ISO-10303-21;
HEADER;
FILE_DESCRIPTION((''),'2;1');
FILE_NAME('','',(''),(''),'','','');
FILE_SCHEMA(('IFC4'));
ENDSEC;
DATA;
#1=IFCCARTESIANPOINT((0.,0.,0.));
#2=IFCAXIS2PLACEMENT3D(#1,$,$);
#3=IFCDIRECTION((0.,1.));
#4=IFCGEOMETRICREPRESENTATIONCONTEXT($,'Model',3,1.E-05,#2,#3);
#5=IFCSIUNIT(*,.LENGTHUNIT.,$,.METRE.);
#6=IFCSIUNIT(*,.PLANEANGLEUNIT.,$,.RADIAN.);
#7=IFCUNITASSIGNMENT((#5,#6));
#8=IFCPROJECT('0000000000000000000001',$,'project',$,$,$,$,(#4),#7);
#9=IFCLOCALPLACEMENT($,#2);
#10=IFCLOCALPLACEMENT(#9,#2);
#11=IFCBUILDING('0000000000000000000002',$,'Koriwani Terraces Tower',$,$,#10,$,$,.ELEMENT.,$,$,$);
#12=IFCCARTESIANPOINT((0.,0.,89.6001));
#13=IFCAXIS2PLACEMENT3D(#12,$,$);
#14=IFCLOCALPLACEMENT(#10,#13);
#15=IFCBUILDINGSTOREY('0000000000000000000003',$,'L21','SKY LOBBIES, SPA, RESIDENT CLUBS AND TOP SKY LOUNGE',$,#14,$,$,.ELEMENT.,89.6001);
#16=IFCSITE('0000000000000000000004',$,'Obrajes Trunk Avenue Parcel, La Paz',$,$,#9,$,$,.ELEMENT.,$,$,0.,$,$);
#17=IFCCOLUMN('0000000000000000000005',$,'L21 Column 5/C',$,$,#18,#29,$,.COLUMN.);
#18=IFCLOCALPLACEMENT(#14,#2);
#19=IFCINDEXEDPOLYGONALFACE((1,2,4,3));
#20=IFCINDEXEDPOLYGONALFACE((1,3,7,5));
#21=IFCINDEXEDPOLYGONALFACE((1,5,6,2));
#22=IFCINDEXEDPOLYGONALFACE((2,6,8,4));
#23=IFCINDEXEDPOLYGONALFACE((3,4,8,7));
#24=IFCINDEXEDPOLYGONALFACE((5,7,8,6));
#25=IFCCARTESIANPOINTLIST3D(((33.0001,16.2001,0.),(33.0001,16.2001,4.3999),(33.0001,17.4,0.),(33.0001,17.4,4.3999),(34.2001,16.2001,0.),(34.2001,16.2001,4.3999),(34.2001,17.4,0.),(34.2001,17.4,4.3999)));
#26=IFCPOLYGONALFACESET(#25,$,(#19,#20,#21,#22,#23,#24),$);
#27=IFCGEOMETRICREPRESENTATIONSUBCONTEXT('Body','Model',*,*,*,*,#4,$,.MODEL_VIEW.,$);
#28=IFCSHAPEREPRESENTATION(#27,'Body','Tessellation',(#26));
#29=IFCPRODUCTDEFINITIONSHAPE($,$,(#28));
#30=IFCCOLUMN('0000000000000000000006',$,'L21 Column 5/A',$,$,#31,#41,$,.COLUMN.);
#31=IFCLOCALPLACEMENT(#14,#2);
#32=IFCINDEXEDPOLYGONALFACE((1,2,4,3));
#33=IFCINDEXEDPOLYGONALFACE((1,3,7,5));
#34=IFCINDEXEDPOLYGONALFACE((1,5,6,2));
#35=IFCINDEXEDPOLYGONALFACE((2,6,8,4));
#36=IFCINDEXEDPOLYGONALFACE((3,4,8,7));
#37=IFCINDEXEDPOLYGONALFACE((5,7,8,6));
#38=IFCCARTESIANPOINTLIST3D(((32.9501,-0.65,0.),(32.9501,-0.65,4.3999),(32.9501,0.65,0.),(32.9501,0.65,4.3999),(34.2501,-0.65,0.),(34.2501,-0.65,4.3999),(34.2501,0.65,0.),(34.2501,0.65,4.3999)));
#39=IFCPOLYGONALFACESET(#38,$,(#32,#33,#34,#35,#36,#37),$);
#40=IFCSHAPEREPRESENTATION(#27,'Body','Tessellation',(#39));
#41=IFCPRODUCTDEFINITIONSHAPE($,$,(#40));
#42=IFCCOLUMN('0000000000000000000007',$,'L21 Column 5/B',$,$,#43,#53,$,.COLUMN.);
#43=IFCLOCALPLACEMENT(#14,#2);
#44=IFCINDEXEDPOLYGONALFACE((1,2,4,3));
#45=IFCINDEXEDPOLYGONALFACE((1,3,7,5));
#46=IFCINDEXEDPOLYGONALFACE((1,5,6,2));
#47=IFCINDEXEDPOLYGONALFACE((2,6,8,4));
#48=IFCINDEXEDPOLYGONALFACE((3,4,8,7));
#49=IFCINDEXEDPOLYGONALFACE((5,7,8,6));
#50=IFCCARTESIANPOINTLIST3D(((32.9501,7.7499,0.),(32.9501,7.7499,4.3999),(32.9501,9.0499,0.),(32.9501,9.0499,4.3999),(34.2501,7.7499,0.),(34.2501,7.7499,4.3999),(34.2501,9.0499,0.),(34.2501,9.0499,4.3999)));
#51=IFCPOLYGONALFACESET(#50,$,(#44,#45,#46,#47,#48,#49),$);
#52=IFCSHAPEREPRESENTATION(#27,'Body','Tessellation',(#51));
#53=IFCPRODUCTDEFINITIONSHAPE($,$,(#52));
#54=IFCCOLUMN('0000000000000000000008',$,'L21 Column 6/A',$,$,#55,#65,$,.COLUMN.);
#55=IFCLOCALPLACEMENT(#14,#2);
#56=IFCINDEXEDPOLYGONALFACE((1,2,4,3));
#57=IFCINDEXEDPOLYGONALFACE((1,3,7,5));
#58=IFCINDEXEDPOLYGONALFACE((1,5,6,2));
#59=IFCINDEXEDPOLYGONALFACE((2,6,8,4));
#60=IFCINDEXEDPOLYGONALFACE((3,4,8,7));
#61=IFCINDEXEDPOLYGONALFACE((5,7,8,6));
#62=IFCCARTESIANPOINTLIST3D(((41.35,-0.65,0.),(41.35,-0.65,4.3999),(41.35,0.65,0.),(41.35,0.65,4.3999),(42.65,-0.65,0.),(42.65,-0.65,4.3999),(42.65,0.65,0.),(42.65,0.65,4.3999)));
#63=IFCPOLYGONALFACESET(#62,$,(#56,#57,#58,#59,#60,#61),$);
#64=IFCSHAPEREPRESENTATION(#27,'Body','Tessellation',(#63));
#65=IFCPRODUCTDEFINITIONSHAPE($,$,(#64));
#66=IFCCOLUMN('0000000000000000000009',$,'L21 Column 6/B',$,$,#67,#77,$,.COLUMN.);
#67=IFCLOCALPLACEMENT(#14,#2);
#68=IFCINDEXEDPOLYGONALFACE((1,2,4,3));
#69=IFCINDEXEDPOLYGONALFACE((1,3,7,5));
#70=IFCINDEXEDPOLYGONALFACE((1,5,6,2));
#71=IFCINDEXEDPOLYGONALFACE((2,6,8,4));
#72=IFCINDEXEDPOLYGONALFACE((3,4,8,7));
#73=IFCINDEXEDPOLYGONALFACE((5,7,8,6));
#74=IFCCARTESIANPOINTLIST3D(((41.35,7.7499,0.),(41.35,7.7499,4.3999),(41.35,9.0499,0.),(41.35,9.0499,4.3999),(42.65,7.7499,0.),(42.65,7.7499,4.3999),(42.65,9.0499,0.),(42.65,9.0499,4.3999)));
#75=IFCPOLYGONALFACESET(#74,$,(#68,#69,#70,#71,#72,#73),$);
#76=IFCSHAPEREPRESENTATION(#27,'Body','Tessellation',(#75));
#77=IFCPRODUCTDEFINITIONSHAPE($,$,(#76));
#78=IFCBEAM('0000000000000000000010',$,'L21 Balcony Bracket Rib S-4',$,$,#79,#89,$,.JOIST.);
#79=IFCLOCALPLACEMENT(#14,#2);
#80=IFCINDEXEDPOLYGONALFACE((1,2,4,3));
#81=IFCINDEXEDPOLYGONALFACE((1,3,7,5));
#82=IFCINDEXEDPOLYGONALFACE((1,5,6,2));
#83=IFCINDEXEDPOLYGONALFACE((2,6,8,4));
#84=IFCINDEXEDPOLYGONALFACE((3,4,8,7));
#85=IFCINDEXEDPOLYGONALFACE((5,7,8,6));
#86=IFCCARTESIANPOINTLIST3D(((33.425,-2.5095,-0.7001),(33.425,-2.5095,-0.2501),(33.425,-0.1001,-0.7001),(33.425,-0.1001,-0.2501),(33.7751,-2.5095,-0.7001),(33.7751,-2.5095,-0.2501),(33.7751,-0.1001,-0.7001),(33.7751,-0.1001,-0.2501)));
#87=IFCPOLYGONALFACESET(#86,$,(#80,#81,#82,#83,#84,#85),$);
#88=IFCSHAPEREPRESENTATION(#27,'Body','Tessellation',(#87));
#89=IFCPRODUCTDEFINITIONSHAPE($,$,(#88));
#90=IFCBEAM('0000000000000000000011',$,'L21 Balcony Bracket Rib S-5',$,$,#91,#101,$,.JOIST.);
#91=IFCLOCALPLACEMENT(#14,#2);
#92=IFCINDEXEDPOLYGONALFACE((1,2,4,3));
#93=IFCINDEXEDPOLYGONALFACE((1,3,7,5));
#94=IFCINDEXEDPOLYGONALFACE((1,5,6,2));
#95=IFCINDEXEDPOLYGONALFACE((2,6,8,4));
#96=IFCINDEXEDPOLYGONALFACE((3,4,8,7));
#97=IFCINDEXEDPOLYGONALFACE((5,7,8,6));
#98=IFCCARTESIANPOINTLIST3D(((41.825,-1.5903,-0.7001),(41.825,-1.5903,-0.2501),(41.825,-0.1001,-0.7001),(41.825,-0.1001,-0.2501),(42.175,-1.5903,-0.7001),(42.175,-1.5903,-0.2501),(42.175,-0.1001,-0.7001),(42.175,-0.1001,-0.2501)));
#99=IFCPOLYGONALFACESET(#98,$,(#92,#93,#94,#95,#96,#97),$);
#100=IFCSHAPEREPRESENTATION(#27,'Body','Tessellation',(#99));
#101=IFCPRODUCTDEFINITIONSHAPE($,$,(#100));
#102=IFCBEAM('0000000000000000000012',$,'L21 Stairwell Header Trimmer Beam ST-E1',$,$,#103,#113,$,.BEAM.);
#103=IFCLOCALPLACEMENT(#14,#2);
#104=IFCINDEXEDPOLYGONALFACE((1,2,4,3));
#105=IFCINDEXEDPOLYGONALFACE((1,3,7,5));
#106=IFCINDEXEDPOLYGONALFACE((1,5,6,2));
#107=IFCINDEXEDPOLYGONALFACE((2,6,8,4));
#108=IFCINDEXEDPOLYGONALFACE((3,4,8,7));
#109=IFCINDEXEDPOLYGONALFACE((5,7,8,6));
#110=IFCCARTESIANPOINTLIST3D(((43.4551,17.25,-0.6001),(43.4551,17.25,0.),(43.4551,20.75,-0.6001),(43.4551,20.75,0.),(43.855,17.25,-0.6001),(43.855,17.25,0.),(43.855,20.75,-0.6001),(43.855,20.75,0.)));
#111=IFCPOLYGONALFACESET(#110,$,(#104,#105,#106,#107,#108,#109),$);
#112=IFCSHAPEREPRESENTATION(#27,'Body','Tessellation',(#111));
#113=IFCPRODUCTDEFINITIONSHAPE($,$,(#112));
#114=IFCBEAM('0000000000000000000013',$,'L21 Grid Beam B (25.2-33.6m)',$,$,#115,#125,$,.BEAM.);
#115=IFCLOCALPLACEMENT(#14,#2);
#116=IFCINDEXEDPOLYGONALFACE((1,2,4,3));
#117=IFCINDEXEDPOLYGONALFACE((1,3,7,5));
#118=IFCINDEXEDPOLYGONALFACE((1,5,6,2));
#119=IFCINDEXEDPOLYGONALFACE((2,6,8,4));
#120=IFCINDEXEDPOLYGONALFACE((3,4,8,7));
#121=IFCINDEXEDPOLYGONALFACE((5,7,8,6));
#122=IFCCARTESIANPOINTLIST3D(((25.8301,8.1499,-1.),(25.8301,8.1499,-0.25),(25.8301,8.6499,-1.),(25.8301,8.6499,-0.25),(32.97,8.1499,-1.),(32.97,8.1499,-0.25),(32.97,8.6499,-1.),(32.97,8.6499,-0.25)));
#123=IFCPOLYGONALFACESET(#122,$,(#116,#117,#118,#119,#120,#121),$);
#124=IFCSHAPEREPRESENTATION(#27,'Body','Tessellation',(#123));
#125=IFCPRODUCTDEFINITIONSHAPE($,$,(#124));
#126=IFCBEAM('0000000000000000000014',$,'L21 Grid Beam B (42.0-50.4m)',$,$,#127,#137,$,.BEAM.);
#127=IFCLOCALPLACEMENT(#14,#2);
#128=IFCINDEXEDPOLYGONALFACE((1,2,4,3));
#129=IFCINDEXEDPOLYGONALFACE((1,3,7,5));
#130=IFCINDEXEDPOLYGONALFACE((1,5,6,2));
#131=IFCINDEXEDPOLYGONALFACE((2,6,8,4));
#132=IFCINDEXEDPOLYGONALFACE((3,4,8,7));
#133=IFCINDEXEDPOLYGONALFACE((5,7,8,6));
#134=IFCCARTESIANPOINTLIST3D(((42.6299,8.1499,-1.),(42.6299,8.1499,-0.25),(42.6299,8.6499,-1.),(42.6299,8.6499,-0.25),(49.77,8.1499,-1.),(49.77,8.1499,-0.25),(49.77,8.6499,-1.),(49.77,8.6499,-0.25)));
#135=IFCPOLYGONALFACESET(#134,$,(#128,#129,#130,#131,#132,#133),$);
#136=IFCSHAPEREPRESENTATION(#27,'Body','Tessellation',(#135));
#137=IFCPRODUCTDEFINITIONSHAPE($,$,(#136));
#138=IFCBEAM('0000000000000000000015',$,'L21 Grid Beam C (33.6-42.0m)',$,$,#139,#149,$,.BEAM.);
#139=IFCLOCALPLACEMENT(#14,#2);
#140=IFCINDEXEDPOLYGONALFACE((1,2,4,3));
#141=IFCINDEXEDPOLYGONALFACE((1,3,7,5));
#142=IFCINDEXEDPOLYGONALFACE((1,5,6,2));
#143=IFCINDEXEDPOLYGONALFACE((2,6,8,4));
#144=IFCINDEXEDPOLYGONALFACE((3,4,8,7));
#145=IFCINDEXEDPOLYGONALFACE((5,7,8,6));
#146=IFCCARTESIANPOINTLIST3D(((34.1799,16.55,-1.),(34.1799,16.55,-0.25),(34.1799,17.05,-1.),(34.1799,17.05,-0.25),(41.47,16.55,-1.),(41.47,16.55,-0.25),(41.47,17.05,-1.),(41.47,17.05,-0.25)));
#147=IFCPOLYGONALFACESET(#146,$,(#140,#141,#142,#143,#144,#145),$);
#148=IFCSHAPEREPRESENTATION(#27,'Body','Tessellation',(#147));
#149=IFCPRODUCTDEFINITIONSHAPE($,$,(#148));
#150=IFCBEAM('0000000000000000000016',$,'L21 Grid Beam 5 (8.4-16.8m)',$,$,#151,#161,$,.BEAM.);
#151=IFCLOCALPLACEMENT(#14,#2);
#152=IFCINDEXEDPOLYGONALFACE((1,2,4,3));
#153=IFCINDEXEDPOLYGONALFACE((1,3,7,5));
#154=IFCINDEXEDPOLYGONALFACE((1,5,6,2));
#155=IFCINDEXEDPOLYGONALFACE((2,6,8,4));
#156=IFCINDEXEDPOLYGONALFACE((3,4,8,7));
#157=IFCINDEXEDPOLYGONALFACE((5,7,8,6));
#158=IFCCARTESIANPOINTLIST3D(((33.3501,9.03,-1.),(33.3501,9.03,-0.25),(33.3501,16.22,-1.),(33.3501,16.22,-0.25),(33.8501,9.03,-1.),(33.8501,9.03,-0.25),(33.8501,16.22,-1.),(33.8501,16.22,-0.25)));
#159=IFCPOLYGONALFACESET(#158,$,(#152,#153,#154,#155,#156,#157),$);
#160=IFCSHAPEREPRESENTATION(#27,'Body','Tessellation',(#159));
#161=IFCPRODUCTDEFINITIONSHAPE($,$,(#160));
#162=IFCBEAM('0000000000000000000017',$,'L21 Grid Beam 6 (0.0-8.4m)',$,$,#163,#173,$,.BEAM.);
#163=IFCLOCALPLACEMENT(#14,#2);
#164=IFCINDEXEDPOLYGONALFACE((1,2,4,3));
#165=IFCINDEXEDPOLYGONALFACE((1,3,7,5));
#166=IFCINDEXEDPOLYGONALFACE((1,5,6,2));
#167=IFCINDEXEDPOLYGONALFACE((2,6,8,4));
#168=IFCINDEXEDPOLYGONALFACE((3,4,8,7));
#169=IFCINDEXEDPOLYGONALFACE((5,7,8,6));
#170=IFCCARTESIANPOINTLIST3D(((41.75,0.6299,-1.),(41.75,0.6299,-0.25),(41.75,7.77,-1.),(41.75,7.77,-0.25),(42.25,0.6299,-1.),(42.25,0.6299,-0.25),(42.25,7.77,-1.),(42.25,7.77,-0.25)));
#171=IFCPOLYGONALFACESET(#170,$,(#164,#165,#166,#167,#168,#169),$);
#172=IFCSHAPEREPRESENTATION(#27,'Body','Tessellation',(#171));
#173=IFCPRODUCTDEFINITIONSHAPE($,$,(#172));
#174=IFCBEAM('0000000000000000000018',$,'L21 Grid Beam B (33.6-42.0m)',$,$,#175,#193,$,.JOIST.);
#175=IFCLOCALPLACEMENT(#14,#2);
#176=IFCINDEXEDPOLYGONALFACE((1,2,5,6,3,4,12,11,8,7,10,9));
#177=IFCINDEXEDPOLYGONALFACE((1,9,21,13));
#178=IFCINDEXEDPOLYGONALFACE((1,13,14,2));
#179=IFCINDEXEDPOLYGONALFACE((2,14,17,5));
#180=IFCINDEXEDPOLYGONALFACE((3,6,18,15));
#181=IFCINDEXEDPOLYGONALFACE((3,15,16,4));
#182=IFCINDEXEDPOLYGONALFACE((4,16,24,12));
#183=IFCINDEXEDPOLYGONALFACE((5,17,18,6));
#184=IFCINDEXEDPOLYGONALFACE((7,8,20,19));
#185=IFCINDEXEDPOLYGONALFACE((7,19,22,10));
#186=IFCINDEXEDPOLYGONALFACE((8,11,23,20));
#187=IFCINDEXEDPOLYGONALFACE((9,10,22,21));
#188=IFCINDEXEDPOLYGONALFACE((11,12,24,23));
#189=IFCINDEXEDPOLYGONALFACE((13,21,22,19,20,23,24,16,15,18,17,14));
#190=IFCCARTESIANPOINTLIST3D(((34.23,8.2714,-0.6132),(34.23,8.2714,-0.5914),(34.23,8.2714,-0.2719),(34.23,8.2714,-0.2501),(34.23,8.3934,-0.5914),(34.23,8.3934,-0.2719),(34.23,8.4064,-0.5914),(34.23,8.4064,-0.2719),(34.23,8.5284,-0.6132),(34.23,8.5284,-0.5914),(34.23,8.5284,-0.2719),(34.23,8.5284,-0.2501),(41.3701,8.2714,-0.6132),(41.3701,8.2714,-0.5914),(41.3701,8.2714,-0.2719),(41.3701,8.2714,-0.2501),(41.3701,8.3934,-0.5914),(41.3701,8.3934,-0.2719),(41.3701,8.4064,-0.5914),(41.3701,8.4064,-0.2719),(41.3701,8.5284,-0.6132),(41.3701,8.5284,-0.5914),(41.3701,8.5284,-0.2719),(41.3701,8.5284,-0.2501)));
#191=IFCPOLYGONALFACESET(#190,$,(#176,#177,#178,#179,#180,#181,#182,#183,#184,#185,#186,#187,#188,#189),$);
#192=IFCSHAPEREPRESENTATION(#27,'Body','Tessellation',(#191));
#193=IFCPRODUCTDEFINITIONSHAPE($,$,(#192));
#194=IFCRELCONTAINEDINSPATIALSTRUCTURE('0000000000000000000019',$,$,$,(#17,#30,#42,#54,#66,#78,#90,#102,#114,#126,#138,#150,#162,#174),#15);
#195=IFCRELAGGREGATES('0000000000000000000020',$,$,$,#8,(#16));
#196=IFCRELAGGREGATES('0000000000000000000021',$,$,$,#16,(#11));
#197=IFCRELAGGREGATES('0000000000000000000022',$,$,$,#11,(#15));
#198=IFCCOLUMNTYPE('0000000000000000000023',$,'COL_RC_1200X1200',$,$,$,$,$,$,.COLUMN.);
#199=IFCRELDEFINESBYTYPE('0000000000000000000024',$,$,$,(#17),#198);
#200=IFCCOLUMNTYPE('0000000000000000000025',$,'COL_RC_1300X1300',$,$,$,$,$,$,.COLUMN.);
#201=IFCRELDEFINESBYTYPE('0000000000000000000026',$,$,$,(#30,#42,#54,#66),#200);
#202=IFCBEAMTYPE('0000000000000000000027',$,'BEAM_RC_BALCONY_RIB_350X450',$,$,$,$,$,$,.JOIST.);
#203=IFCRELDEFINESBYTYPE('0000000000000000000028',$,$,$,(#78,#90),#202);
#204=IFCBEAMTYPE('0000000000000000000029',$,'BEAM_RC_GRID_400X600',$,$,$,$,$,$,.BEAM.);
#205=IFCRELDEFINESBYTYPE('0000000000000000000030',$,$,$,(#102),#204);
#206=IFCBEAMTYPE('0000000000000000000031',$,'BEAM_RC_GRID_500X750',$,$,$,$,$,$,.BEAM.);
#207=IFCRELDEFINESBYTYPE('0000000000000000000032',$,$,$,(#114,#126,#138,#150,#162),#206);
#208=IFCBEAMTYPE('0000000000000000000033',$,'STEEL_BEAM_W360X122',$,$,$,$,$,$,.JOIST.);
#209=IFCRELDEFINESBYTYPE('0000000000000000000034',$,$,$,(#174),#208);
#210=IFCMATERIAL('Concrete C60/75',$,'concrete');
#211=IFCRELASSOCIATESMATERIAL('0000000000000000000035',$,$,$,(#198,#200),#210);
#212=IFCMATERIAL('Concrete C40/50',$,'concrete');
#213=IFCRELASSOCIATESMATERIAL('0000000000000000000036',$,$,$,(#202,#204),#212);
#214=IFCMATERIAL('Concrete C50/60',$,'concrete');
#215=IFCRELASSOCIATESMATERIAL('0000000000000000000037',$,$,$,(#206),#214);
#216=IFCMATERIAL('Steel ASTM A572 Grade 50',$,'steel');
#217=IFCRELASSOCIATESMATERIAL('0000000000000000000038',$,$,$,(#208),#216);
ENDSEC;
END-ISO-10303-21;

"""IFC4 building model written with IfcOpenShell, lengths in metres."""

from ifc_helpers import new_model, si_unit, direction, frame, origin, origin_2d, place, context, subcontext, project, spatial, rectangle, i_section, extrude, material, material_profile, profile_set, type_object, element, save


model = new_model("IFC4")

# Units and contexts
model_context = context("Model", 3, precision=1e-05, world=origin(), true_north=direction((0.0, 1.0)))
body_context = subcontext(model_context, "Body", "Model", "MODEL_VIEW")
ifc_project = project(units=[si_unit("LENGTHUNIT", "METRE"), si_unit("PLANEANGLEUNIT", "RADIAN")], contexts=[model_context])

# Site, building, storey
site_placement = place(None, origin())
site = spatial("IfcSite", under=ifc_project, at=site_placement, Name="Obrajes Trunk Avenue Parcel, La Paz", CompositionType="ELEMENT", RefElevation=0.0)
building_placement = place(site_placement, origin())
building = spatial("IfcBuilding", under=site, at=building_placement, Name="Koriwani Terraces Tower", CompositionType="ELEMENT")
storey_placement = place(building_placement, frame((0.0, 0.0, 89.6001)))
storey = spatial("IfcBuildingStorey", under=building, at=storey_placement, Name="L21", Description="SKY LOBBIES, SPA, RESIDENT CLUBS AND TOP SKY LOUNGE", CompositionType="ELEMENT", Elevation=89.6001)

# Columns
ifc_material_1 = material(Name="Concrete C60/75", Category="concrete")
ifc_material_profile_1 = material_profile(ifc_material_1, rectangle(XDim=1.2, YDim=1.2, at=origin_2d()), Name="Concrete C60/75", Category="LoadBearing")
ifc_profile_set_1 = profile_set([ifc_material_profile_1], Name="Concrete C60/75")
column_type_1 = type_object("IfcColumnType", Name="COL_RC_1200X1200", PredefinedType="COLUMN", material=ifc_profile_set_1)
column_placement = place(storey_placement, frame((33.6001, 16.8, 0.0), z_axis=(0.0, 0.0, 1.0), x_axis=(1.0, 0.0, 0.0)))
element("IfcColumn", 1, at=column_placement, inside=storey, type_object=column_type_1, Name="L21 Column 5/C", PredefinedType="COLUMN", context=body_context, shape_type="SweptSolid", body=[
    extrude(rectangle(XDim=1.2, YDim=1.2, at=origin_2d()), origin(), (0.0, 0.0, 1.0), 4.3999),
])
ifc_material_profile_2 = material_profile(ifc_material_1, rectangle(XDim=1.3, YDim=1.3, at=origin_2d()), Name="Concrete C60/75", Category="LoadBearing")
ifc_profile_set_2 = profile_set([ifc_material_profile_2], Name="Concrete C60/75")
column_type_2 = type_object("IfcColumnType", Name="COL_RC_1300X1300", PredefinedType="COLUMN", material=ifc_profile_set_2)
for number, where, z_axis, x_axis, name in (
    (2, (33.6001, 0.0, 0.0), (0.0, 0.0, 1.0), (1.0, 0.0, 0.0), "L21 Column 5/A"),
    (3, (33.6001, 8.3999, 0.0), (0.0, 0.0, 1.0), (1.0, 0.0, 0.0), "L21 Column 5/B"),
    (4, (42.0, 0.0, 0.0), (0.0, 0.0, 1.0), (1.0, 0.0, 0.0), "L21 Column 6/A"),
    (5, (42.0, 8.3999, 0.0), (0.0, 0.0, 1.0), (1.0, 0.0, 0.0), "L21 Column 6/B"),
):
    element("IfcColumn", number, at=place(storey_placement, frame(where, z_axis=z_axis, x_axis=x_axis)), inside=storey, type_object=column_type_2, Name=name, PredefinedType="COLUMN", context=body_context, shape_type="SweptSolid", body=[
        extrude(rectangle(XDim=1.3, YDim=1.3, at=origin_2d()), origin(), (0.0, 0.0, 1.0), 4.3999),
    ])

# Beams
ifc_material_2 = material(Name="Concrete C40/50", Category="concrete")
ifc_material_profile_3 = material_profile(ifc_material_2, rectangle(XDim=0.3501, YDim=0.45, at=origin_2d()), Name="Concrete C40/50", Category="LoadBearing")
ifc_profile_set_3 = profile_set([ifc_material_profile_3], Name="Concrete C40/50")
beam_type_1 = type_object("IfcBeamType", Name="BEAM_RC_BALCONY_RIB_350X450", PredefinedType="JOIST", material=ifc_profile_set_3)
beam_1_placement = place(storey_placement, frame((33.6001, -2.5095, -0.4751), z_axis=(0.0, 1.0, 0.0), x_axis=(-1.0, 0.0, 0.0)))
element("IfcBeam", 6, at=beam_1_placement, inside=storey, type_object=beam_type_1, Name="L21 Balcony Bracket Rib S-4", PredefinedType="JOIST", context=body_context, shape_type="SweptSolid", body=[
    extrude(rectangle(XDim=0.3501, YDim=0.45, at=origin_2d()), origin(), (0.0, 0.0, 1.0), 2.4094),
])
beam_2_placement = place(storey_placement, frame((42.0, -1.5903, -0.4751), z_axis=(0.0, 1.0, 0.0), x_axis=(-1.0, 0.0, 0.0)))
element("IfcBeam", 7, at=beam_2_placement, inside=storey, type_object=beam_type_1, Name="L21 Balcony Bracket Rib S-5", PredefinedType="JOIST", context=body_context, shape_type="SweptSolid", body=[
    extrude(rectangle(XDim=0.3501, YDim=0.45, at=origin_2d()), origin(), (0.0, 0.0, 1.0), 1.4902),
])
ifc_material_profile_4 = material_profile(ifc_material_2, rectangle(XDim=0.3999, YDim=0.6001, at=origin_2d()), Name="Concrete C40/50", Category="LoadBearing")
ifc_profile_set_4 = profile_set([ifc_material_profile_4], Name="Concrete C40/50")
beam_type_2 = type_object("IfcBeamType", Name="BEAM_RC_GRID_400X600", PredefinedType="BEAM", material=ifc_profile_set_4)
beam_3_placement = place(storey_placement, frame((43.655, 17.25, -0.3), z_axis=(0.0, 1.0, 0.0), x_axis=(-1.0, 0.0, 0.0)))
element("IfcBeam", 8, at=beam_3_placement, inside=storey, type_object=beam_type_2, Name="L21 Stairwell Header Trimmer Beam ST-E1", PredefinedType="BEAM", context=body_context, shape_type="SweptSolid", body=[
    extrude(rectangle(XDim=0.3999, YDim=0.6001, at=origin_2d()), origin(), (0.0, 0.0, 1.0), 3.5),
])
ifc_material_3 = material(Name="Concrete C50/60", Category="concrete")
ifc_material_profile_5 = material_profile(ifc_material_3, rectangle(XDim=0.5, YDim=0.75, at=origin_2d()), Name="Concrete C50/60", Category="LoadBearing")
ifc_profile_set_5 = profile_set([ifc_material_profile_5], Name="Concrete C50/60")
beam_type_3 = type_object("IfcBeamType", Name="BEAM_RC_GRID_500X750", PredefinedType="BEAM", material=ifc_profile_set_5)
beam_4_placement = place(storey_placement, frame((25.8301, 8.3999, -0.625), z_axis=(1.0, 0.0, 0.0), x_axis=(0.0, 1.0, 0.0)))
element("IfcBeam", 9, at=beam_4_placement, inside=storey, type_object=beam_type_3, Name="L21 Grid Beam B (25.2-33.6m)", PredefinedType="BEAM", context=body_context, shape_type="SweptSolid", body=[
    extrude(rectangle(XDim=0.5, YDim=0.75, at=origin_2d()), origin(), (0.0, 0.0, 1.0), 7.1399),
])
beam_5_placement = place(storey_placement, frame((42.6299, 8.3999, -0.625), z_axis=(1.0, 0.0, 0.0), x_axis=(0.0, 1.0, 0.0)))
element("IfcBeam", 10, at=beam_5_placement, inside=storey, type_object=beam_type_3, Name="L21 Grid Beam B (42.0-50.4m)", PredefinedType="BEAM", context=body_context, shape_type="SweptSolid", body=[
    extrude(rectangle(XDim=0.5, YDim=0.75, at=origin_2d()), origin(), (0.0, 0.0, 1.0), 7.1401),
])
beam_6_placement = place(storey_placement, frame((34.1799, 16.8, -0.625), z_axis=(1.0, 0.0, 0.0), x_axis=(0.0, 1.0, 0.0)))
element("IfcBeam", 11, at=beam_6_placement, inside=storey, type_object=beam_type_3, Name="L21 Grid Beam C (33.6-42.0m)", PredefinedType="BEAM", context=body_context, shape_type="SweptSolid", body=[
    extrude(rectangle(XDim=0.5, YDim=0.75, at=origin_2d()), origin(), (0.0, 0.0, 1.0), 7.29),
])
beam_7_placement = place(storey_placement, frame((33.6001, 9.03, -0.625), z_axis=(0.0, 1.0, 0.0), x_axis=(-1.0, 0.0, 0.0)))
element("IfcBeam", 12, at=beam_7_placement, inside=storey, type_object=beam_type_3, Name="L21 Grid Beam 5 (8.4-16.8m)", PredefinedType="BEAM", context=body_context, shape_type="SweptSolid", body=[
    extrude(rectangle(XDim=0.5, YDim=0.75, at=origin_2d()), origin(), (0.0, 0.0, 1.0), 7.1899),
])
beam_8_placement = place(storey_placement, frame((42.0, 0.6299, -0.625), z_axis=(0.0, 1.0, 0.0), x_axis=(-1.0, 0.0, 0.0)))
element("IfcBeam", 13, at=beam_8_placement, inside=storey, type_object=beam_type_3, Name="L21 Grid Beam 6 (0.0-8.4m)", PredefinedType="BEAM", context=body_context, shape_type="SweptSolid", body=[
    extrude(rectangle(XDim=0.5, YDim=0.75, at=origin_2d()), origin(), (0.0, 0.0, 1.0), 7.1401),
])
ifc_material_4 = material(Name="Steel ASTM A572 Grade 50", Category="steel")
ifc_material_profile_6 = material_profile(ifc_material_4, i_section(OverallWidth=0.2571, OverallDepth=0.363, WebThickness=0.0129, FlangeThickness=0.0217, at=origin_2d()), Name="Steel ASTM A572 Grade 50", Category="LoadBearing")
ifc_profile_set_6 = profile_set([ifc_material_profile_6], Name="Steel ASTM A572 Grade 50")
beam_type_4 = type_object("IfcBeamType", Name="STEEL_BEAM_W360X122", PredefinedType="JOIST", material=ifc_profile_set_6)
beam_9_placement = place(storey_placement, frame((34.23, 8.3999, -0.4316), z_axis=(1.0, 0.0, 0.0), x_axis=(0.0, 1.0, 0.0)))
element("IfcBeam", 14, at=beam_9_placement, inside=storey, type_object=beam_type_4, Name="L21 Grid Beam B (33.6-42.0m)", PredefinedType="JOIST", context=body_context, shape_type="SweptSolid", body=[
    extrude(i_section(OverallWidth=0.2571, OverallDepth=0.363, WebThickness=0.0129, FlangeThickness=0.0217, at=origin_2d()), origin(), (0.0, 0.0, 1.0), 7.1401),
])

save(model, "model.ifc")
